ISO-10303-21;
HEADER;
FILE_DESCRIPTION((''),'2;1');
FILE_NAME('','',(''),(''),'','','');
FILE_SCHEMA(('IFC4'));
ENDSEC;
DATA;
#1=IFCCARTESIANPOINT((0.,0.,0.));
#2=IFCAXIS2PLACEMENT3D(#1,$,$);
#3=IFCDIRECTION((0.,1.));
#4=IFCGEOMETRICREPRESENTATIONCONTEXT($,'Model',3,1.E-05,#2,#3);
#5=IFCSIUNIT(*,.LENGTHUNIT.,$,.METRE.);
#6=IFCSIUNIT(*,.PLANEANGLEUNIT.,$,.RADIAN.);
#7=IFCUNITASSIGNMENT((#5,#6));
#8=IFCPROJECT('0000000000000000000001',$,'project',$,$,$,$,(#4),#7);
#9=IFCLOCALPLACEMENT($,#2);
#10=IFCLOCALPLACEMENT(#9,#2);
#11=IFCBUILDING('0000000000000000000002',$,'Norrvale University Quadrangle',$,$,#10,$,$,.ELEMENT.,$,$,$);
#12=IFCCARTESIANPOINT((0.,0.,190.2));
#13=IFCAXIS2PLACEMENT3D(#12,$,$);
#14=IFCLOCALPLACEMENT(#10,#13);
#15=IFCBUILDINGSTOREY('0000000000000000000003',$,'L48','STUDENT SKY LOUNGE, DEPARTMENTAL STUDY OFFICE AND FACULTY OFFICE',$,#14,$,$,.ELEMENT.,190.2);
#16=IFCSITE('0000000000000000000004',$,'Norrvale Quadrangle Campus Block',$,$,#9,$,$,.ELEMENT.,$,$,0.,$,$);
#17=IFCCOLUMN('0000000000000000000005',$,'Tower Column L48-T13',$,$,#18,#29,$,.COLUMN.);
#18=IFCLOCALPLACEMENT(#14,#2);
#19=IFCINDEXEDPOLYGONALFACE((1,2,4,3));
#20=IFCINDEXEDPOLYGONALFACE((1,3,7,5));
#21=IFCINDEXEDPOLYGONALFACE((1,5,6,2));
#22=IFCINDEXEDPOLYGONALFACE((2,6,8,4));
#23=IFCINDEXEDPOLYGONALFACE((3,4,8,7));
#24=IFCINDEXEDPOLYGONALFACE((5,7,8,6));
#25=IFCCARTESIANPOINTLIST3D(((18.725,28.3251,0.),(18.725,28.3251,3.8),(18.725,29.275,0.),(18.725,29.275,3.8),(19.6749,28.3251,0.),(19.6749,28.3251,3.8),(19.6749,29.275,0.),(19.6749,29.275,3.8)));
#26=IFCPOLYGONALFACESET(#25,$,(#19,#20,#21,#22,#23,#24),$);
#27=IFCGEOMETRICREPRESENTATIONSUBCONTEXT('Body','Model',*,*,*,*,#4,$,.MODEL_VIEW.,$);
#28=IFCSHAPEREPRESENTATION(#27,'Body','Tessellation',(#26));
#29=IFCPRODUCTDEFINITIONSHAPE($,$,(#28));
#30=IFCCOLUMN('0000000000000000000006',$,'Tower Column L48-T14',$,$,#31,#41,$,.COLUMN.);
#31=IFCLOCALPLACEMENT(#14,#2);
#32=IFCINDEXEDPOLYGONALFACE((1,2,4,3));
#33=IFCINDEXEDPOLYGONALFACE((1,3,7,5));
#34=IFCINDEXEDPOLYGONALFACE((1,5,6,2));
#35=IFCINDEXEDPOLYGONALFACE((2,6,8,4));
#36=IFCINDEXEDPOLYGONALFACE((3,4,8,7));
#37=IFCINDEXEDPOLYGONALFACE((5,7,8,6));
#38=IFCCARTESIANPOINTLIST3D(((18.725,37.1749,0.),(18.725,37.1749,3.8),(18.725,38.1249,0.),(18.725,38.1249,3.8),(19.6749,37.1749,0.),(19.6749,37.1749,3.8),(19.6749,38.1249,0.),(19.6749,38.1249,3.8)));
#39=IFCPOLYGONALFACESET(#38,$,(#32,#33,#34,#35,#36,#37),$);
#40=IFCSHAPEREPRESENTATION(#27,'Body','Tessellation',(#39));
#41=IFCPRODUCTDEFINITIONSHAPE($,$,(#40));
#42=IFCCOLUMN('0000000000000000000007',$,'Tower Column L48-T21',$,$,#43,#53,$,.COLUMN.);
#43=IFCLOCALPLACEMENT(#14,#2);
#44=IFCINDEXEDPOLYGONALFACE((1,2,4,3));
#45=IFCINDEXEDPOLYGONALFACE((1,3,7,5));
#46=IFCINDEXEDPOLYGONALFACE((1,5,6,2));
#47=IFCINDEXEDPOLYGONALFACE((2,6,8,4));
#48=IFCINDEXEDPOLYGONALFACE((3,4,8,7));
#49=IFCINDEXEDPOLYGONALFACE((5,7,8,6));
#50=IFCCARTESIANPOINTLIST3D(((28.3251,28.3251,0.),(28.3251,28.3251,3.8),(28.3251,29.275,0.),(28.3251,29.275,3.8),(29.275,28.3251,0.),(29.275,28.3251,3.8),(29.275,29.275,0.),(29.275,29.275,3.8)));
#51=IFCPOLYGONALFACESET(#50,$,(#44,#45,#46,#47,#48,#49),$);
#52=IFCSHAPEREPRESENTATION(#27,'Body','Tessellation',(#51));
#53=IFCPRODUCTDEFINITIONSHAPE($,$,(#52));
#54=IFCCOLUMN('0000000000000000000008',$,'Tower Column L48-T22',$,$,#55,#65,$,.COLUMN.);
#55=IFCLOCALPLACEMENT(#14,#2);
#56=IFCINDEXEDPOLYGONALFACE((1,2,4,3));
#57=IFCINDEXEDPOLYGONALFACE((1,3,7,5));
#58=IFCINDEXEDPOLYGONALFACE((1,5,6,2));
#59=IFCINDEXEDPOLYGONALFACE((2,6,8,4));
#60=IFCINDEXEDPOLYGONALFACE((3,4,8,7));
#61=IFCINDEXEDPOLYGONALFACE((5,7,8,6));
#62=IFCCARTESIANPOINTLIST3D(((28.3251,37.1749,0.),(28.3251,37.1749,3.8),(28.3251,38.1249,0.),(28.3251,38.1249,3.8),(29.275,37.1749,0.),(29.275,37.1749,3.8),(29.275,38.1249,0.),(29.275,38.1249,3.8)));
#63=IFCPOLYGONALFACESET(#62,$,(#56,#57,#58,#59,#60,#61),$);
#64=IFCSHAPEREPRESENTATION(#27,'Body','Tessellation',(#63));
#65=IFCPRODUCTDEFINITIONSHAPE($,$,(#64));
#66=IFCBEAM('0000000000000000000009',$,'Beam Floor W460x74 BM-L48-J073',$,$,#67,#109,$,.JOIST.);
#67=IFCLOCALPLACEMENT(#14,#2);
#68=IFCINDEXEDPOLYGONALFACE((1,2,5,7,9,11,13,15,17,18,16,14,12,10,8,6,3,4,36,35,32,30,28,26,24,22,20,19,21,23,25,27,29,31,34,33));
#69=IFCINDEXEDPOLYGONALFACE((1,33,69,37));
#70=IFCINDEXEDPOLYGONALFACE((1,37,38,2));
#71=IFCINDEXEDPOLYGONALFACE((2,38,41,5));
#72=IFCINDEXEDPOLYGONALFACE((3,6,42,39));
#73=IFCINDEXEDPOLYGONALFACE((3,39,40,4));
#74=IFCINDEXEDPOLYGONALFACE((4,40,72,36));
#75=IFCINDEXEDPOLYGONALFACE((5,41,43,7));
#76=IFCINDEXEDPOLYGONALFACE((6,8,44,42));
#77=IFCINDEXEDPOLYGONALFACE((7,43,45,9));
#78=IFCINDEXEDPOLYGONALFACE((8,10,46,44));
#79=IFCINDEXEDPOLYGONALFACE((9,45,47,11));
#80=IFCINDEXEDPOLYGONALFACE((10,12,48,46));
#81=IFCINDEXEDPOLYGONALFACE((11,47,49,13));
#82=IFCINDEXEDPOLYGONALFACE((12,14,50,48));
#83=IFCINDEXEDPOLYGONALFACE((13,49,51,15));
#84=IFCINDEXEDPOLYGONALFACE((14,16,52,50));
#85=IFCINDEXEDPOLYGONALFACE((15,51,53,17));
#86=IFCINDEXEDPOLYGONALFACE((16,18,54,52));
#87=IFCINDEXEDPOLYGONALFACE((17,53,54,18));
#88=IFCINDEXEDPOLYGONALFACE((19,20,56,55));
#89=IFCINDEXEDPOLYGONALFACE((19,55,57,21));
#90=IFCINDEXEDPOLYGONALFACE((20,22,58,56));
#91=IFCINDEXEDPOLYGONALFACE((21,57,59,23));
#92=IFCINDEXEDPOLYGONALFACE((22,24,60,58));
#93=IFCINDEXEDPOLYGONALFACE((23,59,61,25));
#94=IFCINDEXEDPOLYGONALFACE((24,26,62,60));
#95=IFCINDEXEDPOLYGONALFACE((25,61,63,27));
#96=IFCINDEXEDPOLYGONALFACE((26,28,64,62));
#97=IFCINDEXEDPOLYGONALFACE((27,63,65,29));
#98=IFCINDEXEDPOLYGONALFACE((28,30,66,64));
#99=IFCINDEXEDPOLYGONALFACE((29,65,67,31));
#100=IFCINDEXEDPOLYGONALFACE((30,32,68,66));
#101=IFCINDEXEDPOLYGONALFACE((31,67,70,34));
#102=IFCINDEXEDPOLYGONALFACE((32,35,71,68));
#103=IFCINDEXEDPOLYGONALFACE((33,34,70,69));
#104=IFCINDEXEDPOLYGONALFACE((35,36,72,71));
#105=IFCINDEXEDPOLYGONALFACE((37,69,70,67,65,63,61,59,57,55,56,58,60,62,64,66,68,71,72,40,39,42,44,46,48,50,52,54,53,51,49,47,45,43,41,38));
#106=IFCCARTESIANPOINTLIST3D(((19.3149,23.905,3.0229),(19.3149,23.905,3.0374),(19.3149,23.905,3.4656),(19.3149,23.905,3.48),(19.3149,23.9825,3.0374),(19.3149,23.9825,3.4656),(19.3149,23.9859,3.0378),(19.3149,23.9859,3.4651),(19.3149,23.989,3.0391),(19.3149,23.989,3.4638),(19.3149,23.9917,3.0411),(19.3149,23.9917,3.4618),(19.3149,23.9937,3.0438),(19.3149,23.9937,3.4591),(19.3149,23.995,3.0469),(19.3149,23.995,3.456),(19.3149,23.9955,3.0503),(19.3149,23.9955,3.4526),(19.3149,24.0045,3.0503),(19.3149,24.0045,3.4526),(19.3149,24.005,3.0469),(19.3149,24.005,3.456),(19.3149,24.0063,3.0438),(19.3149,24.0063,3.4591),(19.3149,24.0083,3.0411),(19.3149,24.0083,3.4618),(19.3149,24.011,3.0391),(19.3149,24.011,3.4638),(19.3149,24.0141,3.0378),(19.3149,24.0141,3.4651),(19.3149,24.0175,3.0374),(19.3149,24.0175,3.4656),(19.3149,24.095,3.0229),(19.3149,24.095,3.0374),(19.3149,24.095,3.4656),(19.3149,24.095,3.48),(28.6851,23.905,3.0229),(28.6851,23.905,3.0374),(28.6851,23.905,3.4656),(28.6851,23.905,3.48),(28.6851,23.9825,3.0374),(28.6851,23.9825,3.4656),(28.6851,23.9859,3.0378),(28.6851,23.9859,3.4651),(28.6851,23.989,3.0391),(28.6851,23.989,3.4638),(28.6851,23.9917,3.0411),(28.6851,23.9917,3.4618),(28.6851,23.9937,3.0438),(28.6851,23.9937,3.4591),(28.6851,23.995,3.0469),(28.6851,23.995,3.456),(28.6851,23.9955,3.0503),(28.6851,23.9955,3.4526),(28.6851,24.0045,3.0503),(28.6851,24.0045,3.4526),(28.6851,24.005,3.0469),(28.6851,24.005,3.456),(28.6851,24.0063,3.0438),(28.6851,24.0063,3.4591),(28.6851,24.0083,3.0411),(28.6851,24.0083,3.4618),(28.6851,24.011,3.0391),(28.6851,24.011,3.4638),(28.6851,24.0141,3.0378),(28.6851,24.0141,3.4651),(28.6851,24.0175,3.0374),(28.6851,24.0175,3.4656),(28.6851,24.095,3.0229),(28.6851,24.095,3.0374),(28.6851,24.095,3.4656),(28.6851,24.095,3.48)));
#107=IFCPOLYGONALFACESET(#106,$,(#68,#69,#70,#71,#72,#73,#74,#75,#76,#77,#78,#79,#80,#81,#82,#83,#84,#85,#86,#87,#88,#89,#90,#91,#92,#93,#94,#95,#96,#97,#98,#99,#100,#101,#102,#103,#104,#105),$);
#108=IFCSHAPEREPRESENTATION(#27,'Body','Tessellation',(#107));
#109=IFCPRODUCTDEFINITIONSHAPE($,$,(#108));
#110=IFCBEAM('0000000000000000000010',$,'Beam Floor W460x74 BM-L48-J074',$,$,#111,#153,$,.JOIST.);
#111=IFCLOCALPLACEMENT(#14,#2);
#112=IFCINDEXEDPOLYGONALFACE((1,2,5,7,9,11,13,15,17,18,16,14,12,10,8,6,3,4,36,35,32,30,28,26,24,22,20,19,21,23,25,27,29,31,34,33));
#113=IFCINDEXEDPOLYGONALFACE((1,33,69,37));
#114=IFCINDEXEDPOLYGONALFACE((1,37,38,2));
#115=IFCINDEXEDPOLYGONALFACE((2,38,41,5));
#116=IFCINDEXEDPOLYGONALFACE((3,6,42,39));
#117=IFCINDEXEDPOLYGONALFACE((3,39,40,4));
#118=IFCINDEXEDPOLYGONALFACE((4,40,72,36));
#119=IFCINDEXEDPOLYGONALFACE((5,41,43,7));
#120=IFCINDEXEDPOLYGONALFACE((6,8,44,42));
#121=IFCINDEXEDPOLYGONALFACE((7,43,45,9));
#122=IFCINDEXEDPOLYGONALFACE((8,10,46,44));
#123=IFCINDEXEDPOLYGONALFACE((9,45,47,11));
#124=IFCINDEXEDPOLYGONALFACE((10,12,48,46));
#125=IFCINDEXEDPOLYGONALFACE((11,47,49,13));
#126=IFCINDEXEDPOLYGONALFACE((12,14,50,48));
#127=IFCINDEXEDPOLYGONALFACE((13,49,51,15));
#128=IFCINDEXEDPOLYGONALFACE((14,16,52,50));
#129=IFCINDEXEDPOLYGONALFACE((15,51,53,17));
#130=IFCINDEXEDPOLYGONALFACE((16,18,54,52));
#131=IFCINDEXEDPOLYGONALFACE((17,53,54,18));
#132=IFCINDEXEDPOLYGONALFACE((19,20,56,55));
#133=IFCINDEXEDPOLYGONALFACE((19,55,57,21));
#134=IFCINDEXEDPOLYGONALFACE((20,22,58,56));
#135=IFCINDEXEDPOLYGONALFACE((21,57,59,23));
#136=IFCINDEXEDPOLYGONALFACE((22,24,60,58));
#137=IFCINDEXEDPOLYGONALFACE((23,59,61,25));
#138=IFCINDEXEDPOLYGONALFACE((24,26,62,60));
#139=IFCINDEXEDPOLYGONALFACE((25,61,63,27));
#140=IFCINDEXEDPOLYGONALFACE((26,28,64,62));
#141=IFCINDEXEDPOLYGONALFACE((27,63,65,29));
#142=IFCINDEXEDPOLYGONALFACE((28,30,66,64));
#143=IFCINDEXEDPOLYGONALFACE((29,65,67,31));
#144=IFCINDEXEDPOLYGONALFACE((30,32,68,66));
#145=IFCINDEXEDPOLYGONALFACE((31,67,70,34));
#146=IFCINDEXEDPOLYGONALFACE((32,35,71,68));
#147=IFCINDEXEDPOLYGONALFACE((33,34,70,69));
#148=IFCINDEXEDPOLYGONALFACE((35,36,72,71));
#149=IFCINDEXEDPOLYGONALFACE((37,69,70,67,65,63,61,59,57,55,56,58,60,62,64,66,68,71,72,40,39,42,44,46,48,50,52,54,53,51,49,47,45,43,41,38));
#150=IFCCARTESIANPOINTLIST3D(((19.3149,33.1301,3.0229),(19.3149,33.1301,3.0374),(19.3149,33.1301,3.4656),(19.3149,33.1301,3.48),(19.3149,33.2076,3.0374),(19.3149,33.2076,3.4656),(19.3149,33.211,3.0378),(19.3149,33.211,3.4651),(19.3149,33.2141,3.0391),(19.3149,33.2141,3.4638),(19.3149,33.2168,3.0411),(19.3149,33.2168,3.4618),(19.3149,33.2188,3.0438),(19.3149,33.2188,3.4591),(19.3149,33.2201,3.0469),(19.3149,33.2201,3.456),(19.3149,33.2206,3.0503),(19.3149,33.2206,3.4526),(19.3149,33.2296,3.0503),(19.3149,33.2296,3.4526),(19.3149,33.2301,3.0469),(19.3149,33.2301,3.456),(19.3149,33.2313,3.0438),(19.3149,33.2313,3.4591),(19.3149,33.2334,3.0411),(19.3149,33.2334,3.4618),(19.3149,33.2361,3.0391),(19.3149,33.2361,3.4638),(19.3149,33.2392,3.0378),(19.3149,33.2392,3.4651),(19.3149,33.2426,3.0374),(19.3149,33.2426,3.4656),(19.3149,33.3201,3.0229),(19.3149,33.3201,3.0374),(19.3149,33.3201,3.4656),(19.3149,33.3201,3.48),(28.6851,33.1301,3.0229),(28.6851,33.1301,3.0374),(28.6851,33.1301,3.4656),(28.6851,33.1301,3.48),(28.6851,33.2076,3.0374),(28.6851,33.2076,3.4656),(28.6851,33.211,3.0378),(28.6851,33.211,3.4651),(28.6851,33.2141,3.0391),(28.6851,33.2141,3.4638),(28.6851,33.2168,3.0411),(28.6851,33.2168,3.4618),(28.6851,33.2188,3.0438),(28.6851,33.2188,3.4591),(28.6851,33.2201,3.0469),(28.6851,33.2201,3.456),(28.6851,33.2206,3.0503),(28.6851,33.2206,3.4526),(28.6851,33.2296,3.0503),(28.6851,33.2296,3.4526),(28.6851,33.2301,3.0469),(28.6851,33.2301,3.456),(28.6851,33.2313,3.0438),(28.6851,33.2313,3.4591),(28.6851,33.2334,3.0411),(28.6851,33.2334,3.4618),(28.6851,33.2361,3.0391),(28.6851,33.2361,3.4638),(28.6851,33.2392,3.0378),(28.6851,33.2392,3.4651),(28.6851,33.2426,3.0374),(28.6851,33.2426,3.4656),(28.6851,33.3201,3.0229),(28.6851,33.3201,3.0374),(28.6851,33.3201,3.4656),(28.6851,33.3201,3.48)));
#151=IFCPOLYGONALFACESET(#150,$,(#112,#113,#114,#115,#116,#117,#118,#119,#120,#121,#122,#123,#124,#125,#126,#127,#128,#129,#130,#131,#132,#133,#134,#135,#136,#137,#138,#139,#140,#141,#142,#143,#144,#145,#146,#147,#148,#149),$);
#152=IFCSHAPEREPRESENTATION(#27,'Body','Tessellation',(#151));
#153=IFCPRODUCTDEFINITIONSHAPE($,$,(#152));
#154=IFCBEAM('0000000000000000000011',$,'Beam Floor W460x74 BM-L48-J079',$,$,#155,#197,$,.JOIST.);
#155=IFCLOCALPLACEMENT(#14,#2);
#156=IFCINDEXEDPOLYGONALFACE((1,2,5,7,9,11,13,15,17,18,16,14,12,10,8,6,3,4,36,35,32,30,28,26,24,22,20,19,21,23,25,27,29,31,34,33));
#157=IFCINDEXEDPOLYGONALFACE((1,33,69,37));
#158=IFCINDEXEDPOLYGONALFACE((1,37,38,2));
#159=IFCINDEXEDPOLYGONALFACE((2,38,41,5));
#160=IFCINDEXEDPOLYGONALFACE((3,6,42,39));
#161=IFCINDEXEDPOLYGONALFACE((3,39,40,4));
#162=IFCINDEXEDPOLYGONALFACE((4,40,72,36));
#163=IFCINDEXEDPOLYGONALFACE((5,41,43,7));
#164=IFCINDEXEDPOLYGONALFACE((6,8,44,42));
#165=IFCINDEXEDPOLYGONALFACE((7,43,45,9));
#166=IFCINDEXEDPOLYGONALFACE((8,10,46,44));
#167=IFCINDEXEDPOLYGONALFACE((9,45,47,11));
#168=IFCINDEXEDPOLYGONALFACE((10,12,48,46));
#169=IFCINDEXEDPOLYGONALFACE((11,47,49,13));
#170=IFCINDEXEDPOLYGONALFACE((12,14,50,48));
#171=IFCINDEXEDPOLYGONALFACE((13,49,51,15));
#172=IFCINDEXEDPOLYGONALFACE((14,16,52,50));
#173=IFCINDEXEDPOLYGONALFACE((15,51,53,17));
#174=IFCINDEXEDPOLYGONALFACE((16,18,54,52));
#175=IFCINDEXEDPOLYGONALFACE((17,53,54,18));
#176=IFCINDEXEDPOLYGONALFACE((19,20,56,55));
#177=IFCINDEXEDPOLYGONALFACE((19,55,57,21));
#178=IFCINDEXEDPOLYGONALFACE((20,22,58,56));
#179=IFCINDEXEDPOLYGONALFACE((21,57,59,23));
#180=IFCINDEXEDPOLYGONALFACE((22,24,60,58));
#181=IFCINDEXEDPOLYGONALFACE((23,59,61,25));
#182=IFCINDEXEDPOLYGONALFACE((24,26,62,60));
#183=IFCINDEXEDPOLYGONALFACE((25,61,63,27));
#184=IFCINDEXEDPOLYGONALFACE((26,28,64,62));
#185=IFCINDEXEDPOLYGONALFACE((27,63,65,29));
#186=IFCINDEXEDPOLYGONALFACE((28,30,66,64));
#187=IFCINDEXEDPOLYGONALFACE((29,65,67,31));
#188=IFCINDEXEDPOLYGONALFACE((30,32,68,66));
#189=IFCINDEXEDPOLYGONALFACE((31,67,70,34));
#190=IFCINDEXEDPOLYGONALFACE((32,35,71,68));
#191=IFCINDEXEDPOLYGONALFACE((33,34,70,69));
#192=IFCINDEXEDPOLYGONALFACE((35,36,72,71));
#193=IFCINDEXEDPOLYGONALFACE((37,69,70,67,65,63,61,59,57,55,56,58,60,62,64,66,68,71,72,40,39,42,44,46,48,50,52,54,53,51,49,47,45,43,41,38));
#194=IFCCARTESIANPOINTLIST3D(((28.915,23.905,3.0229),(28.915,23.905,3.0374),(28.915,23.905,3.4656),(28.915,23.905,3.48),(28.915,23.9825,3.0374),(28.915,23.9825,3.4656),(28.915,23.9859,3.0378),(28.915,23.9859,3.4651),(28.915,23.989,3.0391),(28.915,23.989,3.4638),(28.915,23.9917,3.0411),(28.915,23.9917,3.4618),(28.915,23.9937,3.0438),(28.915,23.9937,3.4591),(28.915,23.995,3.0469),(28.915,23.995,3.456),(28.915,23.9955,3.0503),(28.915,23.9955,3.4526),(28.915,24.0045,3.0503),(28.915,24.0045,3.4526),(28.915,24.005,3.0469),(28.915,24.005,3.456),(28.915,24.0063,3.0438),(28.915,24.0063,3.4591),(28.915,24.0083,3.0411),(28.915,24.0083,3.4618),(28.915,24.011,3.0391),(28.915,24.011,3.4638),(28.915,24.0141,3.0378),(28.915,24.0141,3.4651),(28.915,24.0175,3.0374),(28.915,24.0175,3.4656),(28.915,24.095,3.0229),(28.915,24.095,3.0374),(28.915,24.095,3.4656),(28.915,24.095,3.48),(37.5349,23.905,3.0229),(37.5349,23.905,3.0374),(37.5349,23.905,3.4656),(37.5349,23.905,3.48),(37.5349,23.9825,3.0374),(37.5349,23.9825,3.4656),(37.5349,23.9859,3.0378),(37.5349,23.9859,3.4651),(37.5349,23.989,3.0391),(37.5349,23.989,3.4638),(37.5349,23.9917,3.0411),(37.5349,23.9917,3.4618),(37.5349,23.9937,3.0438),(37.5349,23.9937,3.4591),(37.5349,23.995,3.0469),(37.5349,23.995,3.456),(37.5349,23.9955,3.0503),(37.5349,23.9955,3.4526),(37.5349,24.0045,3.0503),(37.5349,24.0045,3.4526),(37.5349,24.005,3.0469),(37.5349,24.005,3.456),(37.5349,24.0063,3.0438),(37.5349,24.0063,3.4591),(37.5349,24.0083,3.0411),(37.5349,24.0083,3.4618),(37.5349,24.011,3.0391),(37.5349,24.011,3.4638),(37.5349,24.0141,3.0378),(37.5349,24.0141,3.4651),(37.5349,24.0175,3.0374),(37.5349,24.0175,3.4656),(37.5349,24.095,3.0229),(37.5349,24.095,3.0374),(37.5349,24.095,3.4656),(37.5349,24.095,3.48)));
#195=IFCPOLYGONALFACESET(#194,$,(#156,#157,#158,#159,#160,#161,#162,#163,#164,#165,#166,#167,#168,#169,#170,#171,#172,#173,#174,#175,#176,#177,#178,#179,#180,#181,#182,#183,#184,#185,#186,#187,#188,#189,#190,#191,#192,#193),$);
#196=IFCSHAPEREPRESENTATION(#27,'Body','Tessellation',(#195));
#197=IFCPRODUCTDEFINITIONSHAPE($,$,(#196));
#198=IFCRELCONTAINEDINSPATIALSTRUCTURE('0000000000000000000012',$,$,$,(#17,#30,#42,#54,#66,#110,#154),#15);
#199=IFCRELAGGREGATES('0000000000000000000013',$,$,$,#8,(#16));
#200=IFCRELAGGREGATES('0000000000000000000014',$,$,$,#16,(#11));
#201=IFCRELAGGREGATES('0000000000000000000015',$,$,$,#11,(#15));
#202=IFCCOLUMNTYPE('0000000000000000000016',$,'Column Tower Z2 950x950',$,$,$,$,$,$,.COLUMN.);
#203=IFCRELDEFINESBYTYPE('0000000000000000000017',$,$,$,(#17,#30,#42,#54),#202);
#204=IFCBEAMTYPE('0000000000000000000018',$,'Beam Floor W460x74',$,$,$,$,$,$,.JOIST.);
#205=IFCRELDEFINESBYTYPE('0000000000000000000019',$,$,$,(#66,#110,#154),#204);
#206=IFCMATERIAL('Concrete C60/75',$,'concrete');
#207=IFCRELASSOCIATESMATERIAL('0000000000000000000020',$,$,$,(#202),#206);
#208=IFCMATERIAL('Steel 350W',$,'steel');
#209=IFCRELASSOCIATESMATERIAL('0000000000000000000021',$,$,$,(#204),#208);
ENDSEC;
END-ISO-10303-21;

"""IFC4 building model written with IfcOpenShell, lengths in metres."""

from ifc_helpers import new_model, si_unit, direction, frame, origin, origin_2d, place, context, subcontext, project, spatial, rectangle, i_section, extrude, material, material_profile, profile_set, type_object, element, save


model = new_model("IFC4")

# Units and contexts
model_context = context("Model", 3, precision=1e-05, world=origin(), true_north=direction((0.0, 1.0)))
body_context = subcontext(model_context, "Body", "Model", "MODEL_VIEW")
ifc_project = project(units=[si_unit("LENGTHUNIT", "METRE"), si_unit("PLANEANGLEUNIT", "RADIAN")], contexts=[model_context])

# Site, building, storey
site_placement = place(None, origin())
site = spatial("IfcSite", under=ifc_project, at=site_placement, Name="Norrvale Quadrangle Campus Block", CompositionType="ELEMENT", RefElevation=0.0)
building_placement = place(site_placement, origin())
building = spatial("IfcBuilding", under=site, at=building_placement, Name="Norrvale University Quadrangle", CompositionType="ELEMENT")
storey_placement = place(building_placement, frame((0.0, 0.0, 190.2)))
storey = spatial("IfcBuildingStorey", under=building, at=storey_placement, Name="L48", Description="STUDENT SKY LOUNGE, DEPARTMENTAL STUDY OFFICE AND FACULTY OFFICE", CompositionType="ELEMENT", Elevation=190.2)

# Columns
ifc_material_1 = material(Name="Concrete C60/75", Category="concrete")
ifc_material_profile_1 = material_profile(ifc_material_1, rectangle(XDim=0.95, YDim=0.95, at=origin_2d()), Name="Concrete C60/75")
ifc_profile_set_1 = profile_set([ifc_material_profile_1], Name="Concrete C60/75")
column_type = type_object("IfcColumnType", Name="Column Tower Z2 950x950", PredefinedType="COLUMN", material=ifc_profile_set_1)
for number, where, z_axis, x_axis, name in (
    (1, (19.2, 28.8, 0.0), (0.0, 0.0, 1.0), (1.0, 0.0, 0.0), "Tower Column L48-T13"),
    (2, (19.2, 37.6499, 0.0), (0.0, 0.0, 1.0), (1.0, 0.0, 0.0), "Tower Column L48-T14"),
    (3, (28.8, 28.8, 0.0), (0.0, 0.0, 1.0), (1.0, 0.0, 0.0), "Tower Column L48-T21"),
    (4, (28.8, 37.6499, 0.0), (0.0, 0.0, 1.0), (1.0, 0.0, 0.0), "Tower Column L48-T22"),
):
    element("IfcColumn", number, at=place(storey_placement, frame(where, z_axis=z_axis, x_axis=x_axis)), inside=storey, type_object=column_type, Name=name, PredefinedType="COLUMN", context=body_context, shape_type="SweptSolid", body=[
        extrude(rectangle(XDim=0.95, YDim=0.95, at=origin_2d()), origin(), (0.0, 0.0, 1.0), 3.8),
    ])

# Beams
ifc_material_2 = material(Name="Steel 350W", Category="steel")
ifc_material_profile_2 = material_profile(ifc_material_2, i_section(OverallWidth=0.1899, OverallDepth=0.457, WebThickness=0.009, FlangeThickness=0.0144, FilletRadius=0.0129, at=origin_2d()), Name="Steel 350W")
ifc_profile_set_2 = profile_set([ifc_material_profile_2], Name="Steel 350W")
beam_type_1 = type_object("IfcBeamType", Name="Beam Floor W460x74", PredefinedType="JOIST", material=ifc_profile_set_2)
for number, where, z_axis, x_axis, name in (
    (5, (19.3149, 24.0, 3.2515), (1.0, 0.0, 0.0), (0.0, 1.0, 0.0), "Beam Floor W460x74 BM-L48-J073"),
    (6, (19.3149, 33.2251, 3.2515), (1.0, 0.0, 0.0), (0.0, 1.0, 0.0), "Beam Floor W460x74 BM-L48-J074"),
):
    element("IfcBeam", number, at=place(storey_placement, frame(where, z_axis=z_axis, x_axis=x_axis)), inside=storey, type_object=beam_type_1, Name=name, PredefinedType="JOIST", context=body_context, shape_type="SweptSolid", body=[
        extrude(i_section(OverallWidth=0.1899, OverallDepth=0.457, WebThickness=0.009, FlangeThickness=0.0144, FilletRadius=0.0129, at=origin_2d()), origin(), (0.0, 0.0, 1.0), 9.3701),
    ])
for number, where, z_axis, x_axis, name in (
    (7, (28.915, 24.0, 3.2515), (1.0, 0.0, 0.0), (0.0, 1.0, 0.0), "Beam Floor W460x74 BM-L48-J079"),
):
    element("IfcBeam", number, at=place(storey_placement, frame(where, z_axis=z_axis, x_axis=x_axis)), inside=storey, type_object=beam_type_1, Name=name, PredefinedType="JOIST", context=body_context, shape_type="SweptSolid", body=[
        extrude(i_section(OverallWidth=0.1899, OverallDepth=0.457, WebThickness=0.009, FlangeThickness=0.0144, FilletRadius=0.0129, at=origin_2d()), origin(), (0.0, 0.0, 1.0), 8.6199),
    ])

save(model, "model.ifc")
